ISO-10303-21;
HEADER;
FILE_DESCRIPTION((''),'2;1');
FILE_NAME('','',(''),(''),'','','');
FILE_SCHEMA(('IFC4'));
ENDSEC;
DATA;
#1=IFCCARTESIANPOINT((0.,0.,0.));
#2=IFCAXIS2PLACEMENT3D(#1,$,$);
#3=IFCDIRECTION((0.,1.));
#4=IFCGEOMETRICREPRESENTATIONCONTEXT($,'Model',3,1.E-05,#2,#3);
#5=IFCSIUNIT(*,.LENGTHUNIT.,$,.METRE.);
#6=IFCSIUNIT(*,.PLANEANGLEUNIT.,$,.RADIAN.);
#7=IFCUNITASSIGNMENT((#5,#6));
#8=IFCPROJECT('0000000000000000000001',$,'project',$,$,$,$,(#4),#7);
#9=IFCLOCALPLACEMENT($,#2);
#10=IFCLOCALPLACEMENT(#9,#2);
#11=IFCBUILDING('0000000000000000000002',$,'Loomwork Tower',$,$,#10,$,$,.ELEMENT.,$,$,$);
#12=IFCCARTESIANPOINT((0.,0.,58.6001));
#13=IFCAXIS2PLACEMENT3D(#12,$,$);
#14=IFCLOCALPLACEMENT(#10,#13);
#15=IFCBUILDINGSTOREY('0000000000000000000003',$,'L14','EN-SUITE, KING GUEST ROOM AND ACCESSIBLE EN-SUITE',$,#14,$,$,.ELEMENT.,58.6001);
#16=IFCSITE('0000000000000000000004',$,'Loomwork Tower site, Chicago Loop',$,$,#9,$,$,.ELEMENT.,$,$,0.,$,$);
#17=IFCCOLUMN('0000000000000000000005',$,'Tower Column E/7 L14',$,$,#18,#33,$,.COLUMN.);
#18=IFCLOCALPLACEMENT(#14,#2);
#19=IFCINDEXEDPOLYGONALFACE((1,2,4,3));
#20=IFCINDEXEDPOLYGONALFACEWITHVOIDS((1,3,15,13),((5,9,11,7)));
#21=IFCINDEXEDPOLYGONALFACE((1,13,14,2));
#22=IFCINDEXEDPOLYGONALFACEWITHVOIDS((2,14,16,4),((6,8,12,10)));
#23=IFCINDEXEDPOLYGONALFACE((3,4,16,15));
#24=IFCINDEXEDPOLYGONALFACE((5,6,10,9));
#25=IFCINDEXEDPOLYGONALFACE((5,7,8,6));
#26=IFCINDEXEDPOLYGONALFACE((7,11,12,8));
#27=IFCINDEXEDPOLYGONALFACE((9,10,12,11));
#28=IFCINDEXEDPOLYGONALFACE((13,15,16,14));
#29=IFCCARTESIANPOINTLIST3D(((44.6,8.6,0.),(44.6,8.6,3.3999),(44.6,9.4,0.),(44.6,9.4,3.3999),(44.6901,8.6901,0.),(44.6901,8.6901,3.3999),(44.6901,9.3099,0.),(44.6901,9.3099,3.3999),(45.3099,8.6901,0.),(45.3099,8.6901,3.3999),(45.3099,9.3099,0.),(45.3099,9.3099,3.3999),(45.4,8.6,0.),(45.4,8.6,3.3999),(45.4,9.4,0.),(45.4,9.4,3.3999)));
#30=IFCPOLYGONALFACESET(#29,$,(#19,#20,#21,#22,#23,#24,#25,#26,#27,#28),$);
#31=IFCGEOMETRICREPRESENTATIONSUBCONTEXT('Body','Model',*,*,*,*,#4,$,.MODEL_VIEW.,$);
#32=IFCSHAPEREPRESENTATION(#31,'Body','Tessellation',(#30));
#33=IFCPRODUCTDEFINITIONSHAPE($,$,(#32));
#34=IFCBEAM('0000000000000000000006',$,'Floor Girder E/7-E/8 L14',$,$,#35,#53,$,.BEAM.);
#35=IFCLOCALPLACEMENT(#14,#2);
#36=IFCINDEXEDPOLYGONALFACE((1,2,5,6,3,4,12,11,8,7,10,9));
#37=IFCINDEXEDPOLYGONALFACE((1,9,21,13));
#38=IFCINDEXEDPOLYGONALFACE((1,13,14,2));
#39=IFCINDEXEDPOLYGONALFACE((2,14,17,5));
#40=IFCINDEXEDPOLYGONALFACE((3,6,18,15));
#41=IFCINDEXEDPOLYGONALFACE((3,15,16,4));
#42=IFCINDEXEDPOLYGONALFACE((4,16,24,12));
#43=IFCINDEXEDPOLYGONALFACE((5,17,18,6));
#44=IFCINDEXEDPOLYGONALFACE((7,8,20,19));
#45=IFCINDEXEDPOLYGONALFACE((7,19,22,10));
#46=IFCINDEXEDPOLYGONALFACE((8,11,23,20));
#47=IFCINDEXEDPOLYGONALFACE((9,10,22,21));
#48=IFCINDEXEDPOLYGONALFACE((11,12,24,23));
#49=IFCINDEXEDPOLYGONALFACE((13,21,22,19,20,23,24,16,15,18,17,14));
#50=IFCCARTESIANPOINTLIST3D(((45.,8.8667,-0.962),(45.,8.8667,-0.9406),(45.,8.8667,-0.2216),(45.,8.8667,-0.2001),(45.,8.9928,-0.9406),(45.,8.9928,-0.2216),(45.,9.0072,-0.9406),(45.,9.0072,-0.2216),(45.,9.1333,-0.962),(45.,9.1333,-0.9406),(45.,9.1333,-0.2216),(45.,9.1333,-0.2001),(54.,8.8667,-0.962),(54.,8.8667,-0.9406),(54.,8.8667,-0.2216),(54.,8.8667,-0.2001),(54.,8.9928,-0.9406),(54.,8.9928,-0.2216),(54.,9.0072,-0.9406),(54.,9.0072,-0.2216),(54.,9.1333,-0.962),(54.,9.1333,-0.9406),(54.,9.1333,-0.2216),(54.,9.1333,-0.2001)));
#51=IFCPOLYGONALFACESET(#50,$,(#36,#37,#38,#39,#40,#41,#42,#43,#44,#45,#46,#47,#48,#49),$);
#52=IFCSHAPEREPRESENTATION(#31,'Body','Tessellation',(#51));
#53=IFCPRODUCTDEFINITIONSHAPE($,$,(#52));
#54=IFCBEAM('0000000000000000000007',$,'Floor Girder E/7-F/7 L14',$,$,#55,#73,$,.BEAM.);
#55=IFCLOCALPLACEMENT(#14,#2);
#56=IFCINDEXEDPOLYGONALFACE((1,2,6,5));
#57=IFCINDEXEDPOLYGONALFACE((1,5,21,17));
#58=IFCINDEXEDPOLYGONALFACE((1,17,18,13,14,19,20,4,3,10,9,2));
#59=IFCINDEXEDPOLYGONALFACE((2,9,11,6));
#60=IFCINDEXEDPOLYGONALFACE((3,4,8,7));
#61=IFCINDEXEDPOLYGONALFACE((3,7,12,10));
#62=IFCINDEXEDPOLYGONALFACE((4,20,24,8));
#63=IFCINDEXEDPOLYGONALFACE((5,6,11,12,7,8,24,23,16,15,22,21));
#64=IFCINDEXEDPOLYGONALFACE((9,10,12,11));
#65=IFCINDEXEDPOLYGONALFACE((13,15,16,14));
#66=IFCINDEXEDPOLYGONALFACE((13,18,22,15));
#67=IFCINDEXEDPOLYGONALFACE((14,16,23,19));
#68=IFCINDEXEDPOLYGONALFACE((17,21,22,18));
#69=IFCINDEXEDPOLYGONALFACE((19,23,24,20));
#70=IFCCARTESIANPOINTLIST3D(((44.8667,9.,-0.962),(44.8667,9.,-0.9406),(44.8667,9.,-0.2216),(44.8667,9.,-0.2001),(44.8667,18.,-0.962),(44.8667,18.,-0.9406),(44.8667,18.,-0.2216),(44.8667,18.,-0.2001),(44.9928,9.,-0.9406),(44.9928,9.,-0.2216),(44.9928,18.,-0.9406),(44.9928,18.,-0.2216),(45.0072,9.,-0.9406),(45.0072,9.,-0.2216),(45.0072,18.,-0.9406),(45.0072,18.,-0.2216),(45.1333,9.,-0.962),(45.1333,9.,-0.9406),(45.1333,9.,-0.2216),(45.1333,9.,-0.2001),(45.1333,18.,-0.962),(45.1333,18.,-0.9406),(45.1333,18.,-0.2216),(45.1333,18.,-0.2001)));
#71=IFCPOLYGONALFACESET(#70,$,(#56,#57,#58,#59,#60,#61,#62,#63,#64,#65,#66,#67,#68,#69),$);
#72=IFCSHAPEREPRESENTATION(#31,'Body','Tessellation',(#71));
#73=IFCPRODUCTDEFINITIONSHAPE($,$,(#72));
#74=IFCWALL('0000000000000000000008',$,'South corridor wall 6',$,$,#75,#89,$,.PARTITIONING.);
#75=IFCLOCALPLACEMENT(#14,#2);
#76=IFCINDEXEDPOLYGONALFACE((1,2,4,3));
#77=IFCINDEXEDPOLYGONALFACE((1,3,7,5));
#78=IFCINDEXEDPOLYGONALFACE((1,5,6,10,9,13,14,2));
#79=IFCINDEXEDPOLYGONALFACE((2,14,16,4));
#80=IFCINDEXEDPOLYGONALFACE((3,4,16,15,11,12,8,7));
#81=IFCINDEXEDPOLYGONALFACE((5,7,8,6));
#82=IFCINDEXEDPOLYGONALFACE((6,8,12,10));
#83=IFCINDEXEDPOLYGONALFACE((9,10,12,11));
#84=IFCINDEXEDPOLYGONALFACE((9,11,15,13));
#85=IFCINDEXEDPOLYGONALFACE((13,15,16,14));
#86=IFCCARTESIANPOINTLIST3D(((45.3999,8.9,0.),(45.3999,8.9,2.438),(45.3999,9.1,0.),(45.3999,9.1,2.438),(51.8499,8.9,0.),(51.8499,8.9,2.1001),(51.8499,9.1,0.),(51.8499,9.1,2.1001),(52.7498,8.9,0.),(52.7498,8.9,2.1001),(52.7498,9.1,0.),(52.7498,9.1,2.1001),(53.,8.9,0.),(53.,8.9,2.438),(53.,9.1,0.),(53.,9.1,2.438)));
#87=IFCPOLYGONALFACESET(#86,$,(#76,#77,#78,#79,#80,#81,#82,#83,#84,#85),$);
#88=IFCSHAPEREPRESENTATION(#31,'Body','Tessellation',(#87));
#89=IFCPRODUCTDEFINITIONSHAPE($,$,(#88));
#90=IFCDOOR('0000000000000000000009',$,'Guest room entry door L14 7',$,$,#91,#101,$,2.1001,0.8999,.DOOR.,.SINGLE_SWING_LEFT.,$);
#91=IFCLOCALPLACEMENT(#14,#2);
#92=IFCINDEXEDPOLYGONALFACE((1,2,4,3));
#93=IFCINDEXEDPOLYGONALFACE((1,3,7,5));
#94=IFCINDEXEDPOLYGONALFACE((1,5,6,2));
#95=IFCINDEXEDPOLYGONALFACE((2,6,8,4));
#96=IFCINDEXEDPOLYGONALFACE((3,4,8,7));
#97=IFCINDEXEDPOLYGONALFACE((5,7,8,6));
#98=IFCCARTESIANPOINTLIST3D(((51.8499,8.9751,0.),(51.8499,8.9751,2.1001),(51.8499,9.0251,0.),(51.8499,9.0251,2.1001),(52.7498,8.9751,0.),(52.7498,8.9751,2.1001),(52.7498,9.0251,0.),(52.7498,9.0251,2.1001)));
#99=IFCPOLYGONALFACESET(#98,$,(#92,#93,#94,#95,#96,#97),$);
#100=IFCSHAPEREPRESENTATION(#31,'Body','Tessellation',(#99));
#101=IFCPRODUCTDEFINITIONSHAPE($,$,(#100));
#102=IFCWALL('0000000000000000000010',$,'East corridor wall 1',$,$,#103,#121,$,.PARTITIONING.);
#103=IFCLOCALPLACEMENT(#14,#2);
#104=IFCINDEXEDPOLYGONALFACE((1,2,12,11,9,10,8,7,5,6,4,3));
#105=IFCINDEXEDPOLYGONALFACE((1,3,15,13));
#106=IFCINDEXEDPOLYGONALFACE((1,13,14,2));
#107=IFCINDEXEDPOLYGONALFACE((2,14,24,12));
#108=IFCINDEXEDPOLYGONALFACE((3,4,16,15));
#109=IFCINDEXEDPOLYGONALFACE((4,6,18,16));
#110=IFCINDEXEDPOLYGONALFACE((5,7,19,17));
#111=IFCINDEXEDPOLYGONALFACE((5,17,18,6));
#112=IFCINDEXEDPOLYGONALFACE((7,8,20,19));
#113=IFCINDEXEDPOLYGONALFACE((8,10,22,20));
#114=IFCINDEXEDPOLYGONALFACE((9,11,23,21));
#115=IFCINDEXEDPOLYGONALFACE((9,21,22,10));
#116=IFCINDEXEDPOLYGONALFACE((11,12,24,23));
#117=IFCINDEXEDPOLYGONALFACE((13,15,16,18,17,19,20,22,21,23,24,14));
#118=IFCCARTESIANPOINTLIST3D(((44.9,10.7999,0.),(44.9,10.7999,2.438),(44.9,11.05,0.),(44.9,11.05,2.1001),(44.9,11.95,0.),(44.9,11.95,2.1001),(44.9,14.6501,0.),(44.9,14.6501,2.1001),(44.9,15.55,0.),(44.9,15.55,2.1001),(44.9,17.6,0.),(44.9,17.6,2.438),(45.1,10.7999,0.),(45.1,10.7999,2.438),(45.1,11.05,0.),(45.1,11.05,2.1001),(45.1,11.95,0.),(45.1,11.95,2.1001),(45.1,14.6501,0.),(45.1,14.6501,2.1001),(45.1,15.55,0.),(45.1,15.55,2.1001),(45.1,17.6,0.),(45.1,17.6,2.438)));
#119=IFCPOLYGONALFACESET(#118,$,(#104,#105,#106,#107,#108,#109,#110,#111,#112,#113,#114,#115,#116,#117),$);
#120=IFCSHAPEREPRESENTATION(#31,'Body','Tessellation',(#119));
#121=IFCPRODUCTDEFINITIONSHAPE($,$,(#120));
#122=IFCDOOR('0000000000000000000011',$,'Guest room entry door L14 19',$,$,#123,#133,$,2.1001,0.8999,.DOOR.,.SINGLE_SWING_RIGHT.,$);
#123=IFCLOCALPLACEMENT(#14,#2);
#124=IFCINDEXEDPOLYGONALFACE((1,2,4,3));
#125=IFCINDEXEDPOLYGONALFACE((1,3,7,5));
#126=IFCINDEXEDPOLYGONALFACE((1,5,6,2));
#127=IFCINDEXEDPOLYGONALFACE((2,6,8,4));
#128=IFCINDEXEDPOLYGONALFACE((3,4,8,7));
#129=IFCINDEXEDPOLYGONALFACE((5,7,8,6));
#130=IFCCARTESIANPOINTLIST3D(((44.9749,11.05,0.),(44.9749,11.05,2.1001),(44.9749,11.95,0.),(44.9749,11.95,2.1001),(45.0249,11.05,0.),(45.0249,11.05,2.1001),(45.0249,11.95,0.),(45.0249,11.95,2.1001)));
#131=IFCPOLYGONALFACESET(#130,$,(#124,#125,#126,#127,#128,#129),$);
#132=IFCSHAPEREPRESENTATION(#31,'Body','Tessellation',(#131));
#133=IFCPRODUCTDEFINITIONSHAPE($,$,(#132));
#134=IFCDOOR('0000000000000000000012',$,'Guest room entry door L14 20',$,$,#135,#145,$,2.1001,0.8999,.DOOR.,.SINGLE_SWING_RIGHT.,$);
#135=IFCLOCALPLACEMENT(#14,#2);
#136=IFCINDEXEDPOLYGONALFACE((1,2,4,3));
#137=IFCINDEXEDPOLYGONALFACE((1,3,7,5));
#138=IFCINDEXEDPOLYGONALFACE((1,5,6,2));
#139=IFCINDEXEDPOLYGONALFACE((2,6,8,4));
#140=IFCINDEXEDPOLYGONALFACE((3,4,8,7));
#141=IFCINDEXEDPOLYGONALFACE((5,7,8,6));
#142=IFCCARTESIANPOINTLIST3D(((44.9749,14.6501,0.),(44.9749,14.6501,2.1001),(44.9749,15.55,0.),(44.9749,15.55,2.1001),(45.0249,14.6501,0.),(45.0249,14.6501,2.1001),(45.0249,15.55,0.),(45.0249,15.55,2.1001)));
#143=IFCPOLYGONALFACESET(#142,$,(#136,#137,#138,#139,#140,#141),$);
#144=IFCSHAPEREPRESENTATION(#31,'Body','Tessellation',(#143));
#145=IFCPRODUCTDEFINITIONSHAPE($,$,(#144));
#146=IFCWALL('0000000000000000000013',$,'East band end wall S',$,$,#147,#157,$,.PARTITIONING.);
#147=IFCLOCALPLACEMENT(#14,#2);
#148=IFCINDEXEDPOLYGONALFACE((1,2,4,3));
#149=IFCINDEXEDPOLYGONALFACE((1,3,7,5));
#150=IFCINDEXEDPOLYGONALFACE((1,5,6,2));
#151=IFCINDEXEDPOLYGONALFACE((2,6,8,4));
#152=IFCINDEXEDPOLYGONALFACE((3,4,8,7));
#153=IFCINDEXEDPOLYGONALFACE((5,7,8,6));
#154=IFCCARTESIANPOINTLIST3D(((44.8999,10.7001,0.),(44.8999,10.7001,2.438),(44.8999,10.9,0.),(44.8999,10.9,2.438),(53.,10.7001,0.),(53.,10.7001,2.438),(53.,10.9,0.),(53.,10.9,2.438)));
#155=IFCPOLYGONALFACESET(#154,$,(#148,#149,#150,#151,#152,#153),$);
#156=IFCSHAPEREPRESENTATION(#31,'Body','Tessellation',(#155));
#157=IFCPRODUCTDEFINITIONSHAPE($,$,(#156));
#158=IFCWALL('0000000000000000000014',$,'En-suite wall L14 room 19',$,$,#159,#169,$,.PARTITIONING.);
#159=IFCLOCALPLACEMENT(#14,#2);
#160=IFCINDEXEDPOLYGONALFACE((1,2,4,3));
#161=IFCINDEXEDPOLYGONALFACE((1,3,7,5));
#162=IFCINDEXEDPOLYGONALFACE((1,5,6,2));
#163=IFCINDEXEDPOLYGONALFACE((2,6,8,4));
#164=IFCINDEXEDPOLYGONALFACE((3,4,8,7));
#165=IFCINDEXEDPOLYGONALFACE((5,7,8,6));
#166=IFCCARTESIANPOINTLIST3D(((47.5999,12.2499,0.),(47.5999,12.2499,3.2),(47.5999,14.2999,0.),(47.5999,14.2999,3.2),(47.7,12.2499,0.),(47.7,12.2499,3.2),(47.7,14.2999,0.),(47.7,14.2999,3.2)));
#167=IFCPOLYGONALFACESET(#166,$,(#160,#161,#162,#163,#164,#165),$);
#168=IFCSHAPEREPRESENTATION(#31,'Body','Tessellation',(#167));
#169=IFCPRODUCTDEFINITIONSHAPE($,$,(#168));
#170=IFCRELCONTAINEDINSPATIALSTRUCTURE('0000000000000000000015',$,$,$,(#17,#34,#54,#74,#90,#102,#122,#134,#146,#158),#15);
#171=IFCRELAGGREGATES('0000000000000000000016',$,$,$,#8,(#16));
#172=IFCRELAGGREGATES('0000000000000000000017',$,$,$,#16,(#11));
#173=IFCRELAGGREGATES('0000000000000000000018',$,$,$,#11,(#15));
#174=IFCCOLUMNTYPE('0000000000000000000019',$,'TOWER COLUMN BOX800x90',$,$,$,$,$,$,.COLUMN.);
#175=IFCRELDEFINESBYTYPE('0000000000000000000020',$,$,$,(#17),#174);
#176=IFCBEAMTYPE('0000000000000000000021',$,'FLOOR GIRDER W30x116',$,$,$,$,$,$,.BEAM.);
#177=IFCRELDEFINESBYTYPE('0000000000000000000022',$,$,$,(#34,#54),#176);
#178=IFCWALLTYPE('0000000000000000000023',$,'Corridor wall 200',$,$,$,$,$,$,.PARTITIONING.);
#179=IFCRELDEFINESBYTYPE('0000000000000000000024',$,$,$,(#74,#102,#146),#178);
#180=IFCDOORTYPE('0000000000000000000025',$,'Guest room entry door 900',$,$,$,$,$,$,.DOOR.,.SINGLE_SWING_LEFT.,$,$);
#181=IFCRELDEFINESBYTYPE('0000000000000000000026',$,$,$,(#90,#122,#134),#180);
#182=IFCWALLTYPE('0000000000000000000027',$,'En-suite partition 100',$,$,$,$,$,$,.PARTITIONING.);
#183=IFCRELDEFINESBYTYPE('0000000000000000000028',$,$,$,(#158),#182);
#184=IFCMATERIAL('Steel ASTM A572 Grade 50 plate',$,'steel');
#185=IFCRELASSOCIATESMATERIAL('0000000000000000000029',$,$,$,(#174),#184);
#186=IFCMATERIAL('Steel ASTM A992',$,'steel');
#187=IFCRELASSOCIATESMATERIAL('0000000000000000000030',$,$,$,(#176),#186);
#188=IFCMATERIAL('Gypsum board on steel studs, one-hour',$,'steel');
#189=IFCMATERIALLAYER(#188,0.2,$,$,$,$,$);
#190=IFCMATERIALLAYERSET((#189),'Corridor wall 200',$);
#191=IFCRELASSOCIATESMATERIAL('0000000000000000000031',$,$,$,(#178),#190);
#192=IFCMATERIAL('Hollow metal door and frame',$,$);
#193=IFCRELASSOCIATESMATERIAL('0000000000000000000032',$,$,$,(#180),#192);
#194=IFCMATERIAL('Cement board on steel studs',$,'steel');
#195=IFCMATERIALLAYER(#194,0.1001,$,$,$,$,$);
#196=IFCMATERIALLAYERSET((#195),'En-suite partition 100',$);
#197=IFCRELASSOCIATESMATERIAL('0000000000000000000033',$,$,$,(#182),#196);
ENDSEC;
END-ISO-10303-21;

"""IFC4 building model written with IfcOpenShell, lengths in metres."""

from ifc_helpers import new_model, si_unit, direction, frame, frame_2d, origin, origin_2d, place, context, subcontext, project, spatial, rectangle, hollow_rectangle, i_section, extrude, material, layer, layer_set, material_profile, profile_set, type_object, element, fill, save


model = new_model("IFC4")

# Units and contexts
model_context = context("Model", 3, precision=1e-05, world=origin(), true_north=direction((0.0, 1.0)))
body_context = subcontext(model_context, "Body", "Model", "MODEL_VIEW")
ifc_project = project(units=[si_unit("LENGTHUNIT", "METRE"), si_unit("PLANEANGLEUNIT", "RADIAN")], contexts=[model_context])

# Site, building, storey
site_placement = place(None, origin())
site = spatial("IfcSite", under=ifc_project, at=site_placement, Name="Loomwork Tower site, Chicago Loop", CompositionType="ELEMENT", RefElevation=0.0)
building_placement = place(site_placement, origin())
building = spatial("IfcBuilding", under=site, at=building_placement, Name="Loomwork Tower", CompositionType="ELEMENT")
storey_placement = place(building_placement, frame((0.0, 0.0, 58.6001)))
storey = spatial("IfcBuildingStorey", under=building, at=storey_placement, Name="L14", Description="EN-SUITE, KING GUEST ROOM AND ACCESSIBLE EN-SUITE", CompositionType="ELEMENT", Elevation=58.6001)

# Column
ifc_material_1 = material(Name="Steel ASTM A572 Grade 50 plate", Category="steel")
ifc_material_profile_1 = material_profile(ifc_material_1, hollow_rectangle(XDim=0.8, YDim=0.8, WallThickness=0.0901, at=origin_2d()), Name="BOX800x90")
ifc_profile_set_1 = profile_set([ifc_material_profile_1], Name="Steel ASTM A572 Grade 50 plate")
column_type = type_object("IfcColumnType", Name="TOWER COLUMN BOX800x90", PredefinedType="COLUMN", material=ifc_profile_set_1)
column_placement = place(storey_placement, frame((45.0, 9.0, 0.0), z_axis=(0.0, 0.0, 1.0), x_axis=(0.0, 1.0, 0.0)))
element("IfcColumn", 1, at=column_placement, inside=storey, type_object=column_type, Name="Tower Column E/7 L14", PredefinedType="COLUMN", context=body_context, shape_type="SweptSolid", body=[
    extrude(hollow_rectangle(XDim=0.8, YDim=0.8, WallThickness=0.0901, at=origin_2d()), origin(), (0.0, 0.0, 1.0), 3.3999),
])

# Beams
ifc_material_2 = material(Name="Steel ASTM A992", Category="steel")
ifc_material_profile_2 = material_profile(ifc_material_2, i_section(OverallWidth=0.2666, OverallDepth=0.762, WebThickness=0.0144, FlangeThickness=0.0215, at=origin_2d()), Name="W30x116")
ifc_profile_set_2 = profile_set([ifc_material_profile_2], Name="Steel ASTM A992")
beam_type = type_object("IfcBeamType", Name="FLOOR GIRDER W30x116", PredefinedType="BEAM", material=ifc_profile_set_2)
for number, where, z_axis, x_axis, name in (
    (2, (45.0, 9.0, -0.5811), (1.0, 0.0, 0.0), (0.0, 1.0, 0.0), "Floor Girder E/7-E/8 L14"),
    (3, (45.0, 9.0, -0.5811), (0.0, 1.0, 0.0), (-1.0, 0.0, 0.0), "Floor Girder E/7-F/7 L14"),
):
    element("IfcBeam", number, at=place(storey_placement, frame(where, z_axis=z_axis, x_axis=x_axis)), inside=storey, type_object=beam_type, Name=name, PredefinedType="BEAM", context=body_context, shape_type="SweptSolid", body=[
        extrude(i_section(OverallWidth=0.2666, OverallDepth=0.762, WebThickness=0.0144, FlangeThickness=0.0215, at=origin_2d()), origin(), (0.0, 0.0, 1.0), 9.0),
    ])

# Wall, opening, door
ifc_material_3 = material(Name="Gypsum board on steel studs, one-hour", Category="steel")
ifc_layer_1 = layer(ifc_material_3, 0.2)
ifc_layer_set_1 = layer_set([ifc_layer_1], Name="Corridor wall 200")
wall_type_1 = type_object("IfcWallType", Name="Corridor wall 200", PredefinedType="PARTITIONING", material=ifc_layer_set_1)
wall_1_placement = place(storey_placement, frame((45.3999, 9.0, 0.0), z_axis=(0.0, 0.0, 1.0), x_axis=(1.0, 0.0, 0.0)))
wall_1 = element("IfcWall", 4, at=wall_1_placement, inside=storey, type_object=wall_type_1, Name="South corridor wall 6", PredefinedType="PARTITIONING", context=body_context, shape_type="SweptSolid", body=[
    extrude(rectangle(XDim=7.6001, YDim=0.2, at=frame_2d((3.8, 0.0))), origin(), (0.0, 0.0, 1.0), 2.438),
])
opening_1_placement = place(wall_1_placement, frame((6.45, 0.0, 0.0)))
opening_1 = element("IfcOpeningElement", 5, at=opening_1_placement, cuts=wall_1, PredefinedType="OPENING", context=body_context, shape_type="SweptSolid", body=[
    extrude(rectangle(XDim=0.8999, YDim=2.1001, at=frame_2d((0.45, 1.05))), frame((0.0, 0.1099, 0.0), z_axis=(0.0, -1.0, 0.0), x_axis=(1.0, 0.0, 0.0)), (0.0, 0.0, 1.0), 0.22),
])
ifc_material_4 = material(Name="Hollow metal door and frame")
door_type_1 = type_object("IfcDoorType", Name="Guest room entry door 900", OperationType="SINGLE_SWING_LEFT", PredefinedType="DOOR", material=ifc_material_4)
door_1_placement = place(opening_1_placement, frame((0.8999, 0.0, 0.0), z_axis=(0.0, 0.0, 1.0), x_axis=(-1.0, 0.0, 0.0)))
door_1 = element("IfcDoor", 6, at=door_1_placement, inside=storey, type_object=door_type_1, Name="Guest room entry door L14 7", OperationType="SINGLE_SWING_LEFT", OverallHeight=2.1001, OverallWidth=0.8999, PredefinedType="DOOR", context=body_context, shape_type="SweptSolid", body=[
    extrude(rectangle(XDim=0.8999, YDim=2.1001, at=frame_2d((0.45, 1.05))), frame((0.0, 0.0249, 0.0), z_axis=(0.0, -1.0, 0.0), x_axis=(1.0, 0.0, 0.0)), (0.0, 0.0, 1.0), 0.05),
])
fill(opening_1, door_1)

# Wall, openings, doors
wall_2_placement = place(storey_placement, frame((45.0, 10.8, 0.0), z_axis=(0.0, 0.0, 1.0), x_axis=(0.0, 1.0, 0.0)))
wall_2 = element("IfcWall", 7, at=wall_2_placement, inside=storey, type_object=wall_type_1, Name="East corridor wall 1", PredefinedType="PARTITIONING", context=body_context, shape_type="SweptSolid", body=[
    extrude(rectangle(XDim=6.8, YDim=0.2, at=frame_2d((3.3999, 0.0))), origin(), (0.0, 0.0, 1.0), 2.438),
])
opening_2_placement = place(wall_2_placement, frame((0.25, 0.0, 0.0)))
opening_2 = element("IfcOpeningElement", 8, at=opening_2_placement, cuts=wall_2, PredefinedType="OPENING", context=body_context, shape_type="SweptSolid", body=[
    extrude(rectangle(XDim=0.8999, YDim=2.1001, at=frame_2d((0.45, 1.05))), frame((0.0, 0.1099, 0.0), z_axis=(0.0, -1.0, 0.0), x_axis=(1.0, 0.0, 0.0)), (0.0, 0.0, 1.0), 0.22),
])
opening_3_placement = place(wall_2_placement, frame((3.8501, 0.0, 0.0)))
opening_3 = element("IfcOpeningElement", 9, at=opening_3_placement, cuts=wall_2, PredefinedType="OPENING", context=body_context, shape_type="SweptSolid", body=[
    extrude(rectangle(XDim=0.8999, YDim=2.1001, at=frame_2d((0.45, 1.05))), frame((0.0, 0.1099, 0.0), z_axis=(0.0, -1.0, 0.0), x_axis=(1.0, 0.0, 0.0)), (0.0, 0.0, 1.0), 0.22),
])
door_2_placement = place(opening_2_placement, frame((0.8999, 0.0, 0.0), z_axis=(0.0, 0.0, 1.0), x_axis=(-1.0, 0.0, 0.0)))
door_2 = element("IfcDoor", 10, at=door_2_placement, inside=storey, type_object=door_type_1, Name="Guest room entry door L14 19", OperationType="SINGLE_SWING_RIGHT", OverallHeight=2.1001, OverallWidth=0.8999, PredefinedType="DOOR", context=body_context, shape_type="SweptSolid", body=[
    extrude(rectangle(XDim=0.8999, YDim=2.1001, at=frame_2d((0.45, 1.05))), frame((0.0, 0.0249, 0.0), z_axis=(0.0, -1.0, 0.0), x_axis=(1.0, 0.0, 0.0)), (0.0, 0.0, 1.0), 0.05),
])
fill(opening_2, door_2)
door_3_placement = place(opening_3_placement, frame((0.8999, 0.0, 0.0), z_axis=(0.0, 0.0, 1.0), x_axis=(-1.0, 0.0, 0.0)))
door_3 = element("IfcDoor", 11, at=door_3_placement, inside=storey, type_object=door_type_1, Name="Guest room entry door L14 20", OperationType="SINGLE_SWING_RIGHT", OverallHeight=2.1001, OverallWidth=0.8999, PredefinedType="DOOR", context=body_context, shape_type="SweptSolid", body=[
    extrude(rectangle(XDim=0.8999, YDim=2.1001, at=frame_2d((0.45, 1.05))), frame((0.0, 0.0249, 0.0), z_axis=(0.0, -1.0, 0.0), x_axis=(1.0, 0.0, 0.0)), (0.0, 0.0, 1.0), 0.05),
])
fill(opening_3, door_3)

# Walls
wall_3_placement = place(storey_placement, frame((44.8999, 10.8, 0.0), z_axis=(0.0, 0.0, 1.0), x_axis=(1.0, 0.0, 0.0)))
element("IfcWall", 12, at=wall_3_placement, inside=storey, type_object=wall_type_1, Name="East band end wall S", PredefinedType="PARTITIONING", context=body_context, shape_type="SweptSolid", body=[
    extrude(rectangle(XDim=8.1001, YDim=0.2, at=frame_2d((4.05, 0.0))), origin(), (0.0, 0.0, 1.0), 2.438),
])
ifc_material_5 = material(Name="Cement board on steel studs", Category="steel")
ifc_layer_2 = layer(ifc_material_5, 0.1001)
ifc_layer_set_2 = layer_set([ifc_layer_2], Name="En-suite partition 100")
wall_type_2 = type_object("IfcWallType", Name="En-suite partition 100", PredefinedType="PARTITIONING", material=ifc_layer_set_2)
wall_4_placement = place(storey_placement, frame((47.6499, 12.25, 0.0), z_axis=(0.0, 0.0, 1.0), x_axis=(0.0, 1.0, 0.0)))
element("IfcWall", 13, at=wall_4_placement, inside=storey, type_object=wall_type_2, Name="En-suite wall L14 room 19", PredefinedType="PARTITIONING", context=body_context, shape_type="SweptSolid", body=[
    extrude(rectangle(XDim=2.05, YDim=0.1001, at=frame_2d((1.0249, 0.0))), origin(), (0.0, 0.0, 1.0), 3.2),
])

save(model, "model.ifc")
